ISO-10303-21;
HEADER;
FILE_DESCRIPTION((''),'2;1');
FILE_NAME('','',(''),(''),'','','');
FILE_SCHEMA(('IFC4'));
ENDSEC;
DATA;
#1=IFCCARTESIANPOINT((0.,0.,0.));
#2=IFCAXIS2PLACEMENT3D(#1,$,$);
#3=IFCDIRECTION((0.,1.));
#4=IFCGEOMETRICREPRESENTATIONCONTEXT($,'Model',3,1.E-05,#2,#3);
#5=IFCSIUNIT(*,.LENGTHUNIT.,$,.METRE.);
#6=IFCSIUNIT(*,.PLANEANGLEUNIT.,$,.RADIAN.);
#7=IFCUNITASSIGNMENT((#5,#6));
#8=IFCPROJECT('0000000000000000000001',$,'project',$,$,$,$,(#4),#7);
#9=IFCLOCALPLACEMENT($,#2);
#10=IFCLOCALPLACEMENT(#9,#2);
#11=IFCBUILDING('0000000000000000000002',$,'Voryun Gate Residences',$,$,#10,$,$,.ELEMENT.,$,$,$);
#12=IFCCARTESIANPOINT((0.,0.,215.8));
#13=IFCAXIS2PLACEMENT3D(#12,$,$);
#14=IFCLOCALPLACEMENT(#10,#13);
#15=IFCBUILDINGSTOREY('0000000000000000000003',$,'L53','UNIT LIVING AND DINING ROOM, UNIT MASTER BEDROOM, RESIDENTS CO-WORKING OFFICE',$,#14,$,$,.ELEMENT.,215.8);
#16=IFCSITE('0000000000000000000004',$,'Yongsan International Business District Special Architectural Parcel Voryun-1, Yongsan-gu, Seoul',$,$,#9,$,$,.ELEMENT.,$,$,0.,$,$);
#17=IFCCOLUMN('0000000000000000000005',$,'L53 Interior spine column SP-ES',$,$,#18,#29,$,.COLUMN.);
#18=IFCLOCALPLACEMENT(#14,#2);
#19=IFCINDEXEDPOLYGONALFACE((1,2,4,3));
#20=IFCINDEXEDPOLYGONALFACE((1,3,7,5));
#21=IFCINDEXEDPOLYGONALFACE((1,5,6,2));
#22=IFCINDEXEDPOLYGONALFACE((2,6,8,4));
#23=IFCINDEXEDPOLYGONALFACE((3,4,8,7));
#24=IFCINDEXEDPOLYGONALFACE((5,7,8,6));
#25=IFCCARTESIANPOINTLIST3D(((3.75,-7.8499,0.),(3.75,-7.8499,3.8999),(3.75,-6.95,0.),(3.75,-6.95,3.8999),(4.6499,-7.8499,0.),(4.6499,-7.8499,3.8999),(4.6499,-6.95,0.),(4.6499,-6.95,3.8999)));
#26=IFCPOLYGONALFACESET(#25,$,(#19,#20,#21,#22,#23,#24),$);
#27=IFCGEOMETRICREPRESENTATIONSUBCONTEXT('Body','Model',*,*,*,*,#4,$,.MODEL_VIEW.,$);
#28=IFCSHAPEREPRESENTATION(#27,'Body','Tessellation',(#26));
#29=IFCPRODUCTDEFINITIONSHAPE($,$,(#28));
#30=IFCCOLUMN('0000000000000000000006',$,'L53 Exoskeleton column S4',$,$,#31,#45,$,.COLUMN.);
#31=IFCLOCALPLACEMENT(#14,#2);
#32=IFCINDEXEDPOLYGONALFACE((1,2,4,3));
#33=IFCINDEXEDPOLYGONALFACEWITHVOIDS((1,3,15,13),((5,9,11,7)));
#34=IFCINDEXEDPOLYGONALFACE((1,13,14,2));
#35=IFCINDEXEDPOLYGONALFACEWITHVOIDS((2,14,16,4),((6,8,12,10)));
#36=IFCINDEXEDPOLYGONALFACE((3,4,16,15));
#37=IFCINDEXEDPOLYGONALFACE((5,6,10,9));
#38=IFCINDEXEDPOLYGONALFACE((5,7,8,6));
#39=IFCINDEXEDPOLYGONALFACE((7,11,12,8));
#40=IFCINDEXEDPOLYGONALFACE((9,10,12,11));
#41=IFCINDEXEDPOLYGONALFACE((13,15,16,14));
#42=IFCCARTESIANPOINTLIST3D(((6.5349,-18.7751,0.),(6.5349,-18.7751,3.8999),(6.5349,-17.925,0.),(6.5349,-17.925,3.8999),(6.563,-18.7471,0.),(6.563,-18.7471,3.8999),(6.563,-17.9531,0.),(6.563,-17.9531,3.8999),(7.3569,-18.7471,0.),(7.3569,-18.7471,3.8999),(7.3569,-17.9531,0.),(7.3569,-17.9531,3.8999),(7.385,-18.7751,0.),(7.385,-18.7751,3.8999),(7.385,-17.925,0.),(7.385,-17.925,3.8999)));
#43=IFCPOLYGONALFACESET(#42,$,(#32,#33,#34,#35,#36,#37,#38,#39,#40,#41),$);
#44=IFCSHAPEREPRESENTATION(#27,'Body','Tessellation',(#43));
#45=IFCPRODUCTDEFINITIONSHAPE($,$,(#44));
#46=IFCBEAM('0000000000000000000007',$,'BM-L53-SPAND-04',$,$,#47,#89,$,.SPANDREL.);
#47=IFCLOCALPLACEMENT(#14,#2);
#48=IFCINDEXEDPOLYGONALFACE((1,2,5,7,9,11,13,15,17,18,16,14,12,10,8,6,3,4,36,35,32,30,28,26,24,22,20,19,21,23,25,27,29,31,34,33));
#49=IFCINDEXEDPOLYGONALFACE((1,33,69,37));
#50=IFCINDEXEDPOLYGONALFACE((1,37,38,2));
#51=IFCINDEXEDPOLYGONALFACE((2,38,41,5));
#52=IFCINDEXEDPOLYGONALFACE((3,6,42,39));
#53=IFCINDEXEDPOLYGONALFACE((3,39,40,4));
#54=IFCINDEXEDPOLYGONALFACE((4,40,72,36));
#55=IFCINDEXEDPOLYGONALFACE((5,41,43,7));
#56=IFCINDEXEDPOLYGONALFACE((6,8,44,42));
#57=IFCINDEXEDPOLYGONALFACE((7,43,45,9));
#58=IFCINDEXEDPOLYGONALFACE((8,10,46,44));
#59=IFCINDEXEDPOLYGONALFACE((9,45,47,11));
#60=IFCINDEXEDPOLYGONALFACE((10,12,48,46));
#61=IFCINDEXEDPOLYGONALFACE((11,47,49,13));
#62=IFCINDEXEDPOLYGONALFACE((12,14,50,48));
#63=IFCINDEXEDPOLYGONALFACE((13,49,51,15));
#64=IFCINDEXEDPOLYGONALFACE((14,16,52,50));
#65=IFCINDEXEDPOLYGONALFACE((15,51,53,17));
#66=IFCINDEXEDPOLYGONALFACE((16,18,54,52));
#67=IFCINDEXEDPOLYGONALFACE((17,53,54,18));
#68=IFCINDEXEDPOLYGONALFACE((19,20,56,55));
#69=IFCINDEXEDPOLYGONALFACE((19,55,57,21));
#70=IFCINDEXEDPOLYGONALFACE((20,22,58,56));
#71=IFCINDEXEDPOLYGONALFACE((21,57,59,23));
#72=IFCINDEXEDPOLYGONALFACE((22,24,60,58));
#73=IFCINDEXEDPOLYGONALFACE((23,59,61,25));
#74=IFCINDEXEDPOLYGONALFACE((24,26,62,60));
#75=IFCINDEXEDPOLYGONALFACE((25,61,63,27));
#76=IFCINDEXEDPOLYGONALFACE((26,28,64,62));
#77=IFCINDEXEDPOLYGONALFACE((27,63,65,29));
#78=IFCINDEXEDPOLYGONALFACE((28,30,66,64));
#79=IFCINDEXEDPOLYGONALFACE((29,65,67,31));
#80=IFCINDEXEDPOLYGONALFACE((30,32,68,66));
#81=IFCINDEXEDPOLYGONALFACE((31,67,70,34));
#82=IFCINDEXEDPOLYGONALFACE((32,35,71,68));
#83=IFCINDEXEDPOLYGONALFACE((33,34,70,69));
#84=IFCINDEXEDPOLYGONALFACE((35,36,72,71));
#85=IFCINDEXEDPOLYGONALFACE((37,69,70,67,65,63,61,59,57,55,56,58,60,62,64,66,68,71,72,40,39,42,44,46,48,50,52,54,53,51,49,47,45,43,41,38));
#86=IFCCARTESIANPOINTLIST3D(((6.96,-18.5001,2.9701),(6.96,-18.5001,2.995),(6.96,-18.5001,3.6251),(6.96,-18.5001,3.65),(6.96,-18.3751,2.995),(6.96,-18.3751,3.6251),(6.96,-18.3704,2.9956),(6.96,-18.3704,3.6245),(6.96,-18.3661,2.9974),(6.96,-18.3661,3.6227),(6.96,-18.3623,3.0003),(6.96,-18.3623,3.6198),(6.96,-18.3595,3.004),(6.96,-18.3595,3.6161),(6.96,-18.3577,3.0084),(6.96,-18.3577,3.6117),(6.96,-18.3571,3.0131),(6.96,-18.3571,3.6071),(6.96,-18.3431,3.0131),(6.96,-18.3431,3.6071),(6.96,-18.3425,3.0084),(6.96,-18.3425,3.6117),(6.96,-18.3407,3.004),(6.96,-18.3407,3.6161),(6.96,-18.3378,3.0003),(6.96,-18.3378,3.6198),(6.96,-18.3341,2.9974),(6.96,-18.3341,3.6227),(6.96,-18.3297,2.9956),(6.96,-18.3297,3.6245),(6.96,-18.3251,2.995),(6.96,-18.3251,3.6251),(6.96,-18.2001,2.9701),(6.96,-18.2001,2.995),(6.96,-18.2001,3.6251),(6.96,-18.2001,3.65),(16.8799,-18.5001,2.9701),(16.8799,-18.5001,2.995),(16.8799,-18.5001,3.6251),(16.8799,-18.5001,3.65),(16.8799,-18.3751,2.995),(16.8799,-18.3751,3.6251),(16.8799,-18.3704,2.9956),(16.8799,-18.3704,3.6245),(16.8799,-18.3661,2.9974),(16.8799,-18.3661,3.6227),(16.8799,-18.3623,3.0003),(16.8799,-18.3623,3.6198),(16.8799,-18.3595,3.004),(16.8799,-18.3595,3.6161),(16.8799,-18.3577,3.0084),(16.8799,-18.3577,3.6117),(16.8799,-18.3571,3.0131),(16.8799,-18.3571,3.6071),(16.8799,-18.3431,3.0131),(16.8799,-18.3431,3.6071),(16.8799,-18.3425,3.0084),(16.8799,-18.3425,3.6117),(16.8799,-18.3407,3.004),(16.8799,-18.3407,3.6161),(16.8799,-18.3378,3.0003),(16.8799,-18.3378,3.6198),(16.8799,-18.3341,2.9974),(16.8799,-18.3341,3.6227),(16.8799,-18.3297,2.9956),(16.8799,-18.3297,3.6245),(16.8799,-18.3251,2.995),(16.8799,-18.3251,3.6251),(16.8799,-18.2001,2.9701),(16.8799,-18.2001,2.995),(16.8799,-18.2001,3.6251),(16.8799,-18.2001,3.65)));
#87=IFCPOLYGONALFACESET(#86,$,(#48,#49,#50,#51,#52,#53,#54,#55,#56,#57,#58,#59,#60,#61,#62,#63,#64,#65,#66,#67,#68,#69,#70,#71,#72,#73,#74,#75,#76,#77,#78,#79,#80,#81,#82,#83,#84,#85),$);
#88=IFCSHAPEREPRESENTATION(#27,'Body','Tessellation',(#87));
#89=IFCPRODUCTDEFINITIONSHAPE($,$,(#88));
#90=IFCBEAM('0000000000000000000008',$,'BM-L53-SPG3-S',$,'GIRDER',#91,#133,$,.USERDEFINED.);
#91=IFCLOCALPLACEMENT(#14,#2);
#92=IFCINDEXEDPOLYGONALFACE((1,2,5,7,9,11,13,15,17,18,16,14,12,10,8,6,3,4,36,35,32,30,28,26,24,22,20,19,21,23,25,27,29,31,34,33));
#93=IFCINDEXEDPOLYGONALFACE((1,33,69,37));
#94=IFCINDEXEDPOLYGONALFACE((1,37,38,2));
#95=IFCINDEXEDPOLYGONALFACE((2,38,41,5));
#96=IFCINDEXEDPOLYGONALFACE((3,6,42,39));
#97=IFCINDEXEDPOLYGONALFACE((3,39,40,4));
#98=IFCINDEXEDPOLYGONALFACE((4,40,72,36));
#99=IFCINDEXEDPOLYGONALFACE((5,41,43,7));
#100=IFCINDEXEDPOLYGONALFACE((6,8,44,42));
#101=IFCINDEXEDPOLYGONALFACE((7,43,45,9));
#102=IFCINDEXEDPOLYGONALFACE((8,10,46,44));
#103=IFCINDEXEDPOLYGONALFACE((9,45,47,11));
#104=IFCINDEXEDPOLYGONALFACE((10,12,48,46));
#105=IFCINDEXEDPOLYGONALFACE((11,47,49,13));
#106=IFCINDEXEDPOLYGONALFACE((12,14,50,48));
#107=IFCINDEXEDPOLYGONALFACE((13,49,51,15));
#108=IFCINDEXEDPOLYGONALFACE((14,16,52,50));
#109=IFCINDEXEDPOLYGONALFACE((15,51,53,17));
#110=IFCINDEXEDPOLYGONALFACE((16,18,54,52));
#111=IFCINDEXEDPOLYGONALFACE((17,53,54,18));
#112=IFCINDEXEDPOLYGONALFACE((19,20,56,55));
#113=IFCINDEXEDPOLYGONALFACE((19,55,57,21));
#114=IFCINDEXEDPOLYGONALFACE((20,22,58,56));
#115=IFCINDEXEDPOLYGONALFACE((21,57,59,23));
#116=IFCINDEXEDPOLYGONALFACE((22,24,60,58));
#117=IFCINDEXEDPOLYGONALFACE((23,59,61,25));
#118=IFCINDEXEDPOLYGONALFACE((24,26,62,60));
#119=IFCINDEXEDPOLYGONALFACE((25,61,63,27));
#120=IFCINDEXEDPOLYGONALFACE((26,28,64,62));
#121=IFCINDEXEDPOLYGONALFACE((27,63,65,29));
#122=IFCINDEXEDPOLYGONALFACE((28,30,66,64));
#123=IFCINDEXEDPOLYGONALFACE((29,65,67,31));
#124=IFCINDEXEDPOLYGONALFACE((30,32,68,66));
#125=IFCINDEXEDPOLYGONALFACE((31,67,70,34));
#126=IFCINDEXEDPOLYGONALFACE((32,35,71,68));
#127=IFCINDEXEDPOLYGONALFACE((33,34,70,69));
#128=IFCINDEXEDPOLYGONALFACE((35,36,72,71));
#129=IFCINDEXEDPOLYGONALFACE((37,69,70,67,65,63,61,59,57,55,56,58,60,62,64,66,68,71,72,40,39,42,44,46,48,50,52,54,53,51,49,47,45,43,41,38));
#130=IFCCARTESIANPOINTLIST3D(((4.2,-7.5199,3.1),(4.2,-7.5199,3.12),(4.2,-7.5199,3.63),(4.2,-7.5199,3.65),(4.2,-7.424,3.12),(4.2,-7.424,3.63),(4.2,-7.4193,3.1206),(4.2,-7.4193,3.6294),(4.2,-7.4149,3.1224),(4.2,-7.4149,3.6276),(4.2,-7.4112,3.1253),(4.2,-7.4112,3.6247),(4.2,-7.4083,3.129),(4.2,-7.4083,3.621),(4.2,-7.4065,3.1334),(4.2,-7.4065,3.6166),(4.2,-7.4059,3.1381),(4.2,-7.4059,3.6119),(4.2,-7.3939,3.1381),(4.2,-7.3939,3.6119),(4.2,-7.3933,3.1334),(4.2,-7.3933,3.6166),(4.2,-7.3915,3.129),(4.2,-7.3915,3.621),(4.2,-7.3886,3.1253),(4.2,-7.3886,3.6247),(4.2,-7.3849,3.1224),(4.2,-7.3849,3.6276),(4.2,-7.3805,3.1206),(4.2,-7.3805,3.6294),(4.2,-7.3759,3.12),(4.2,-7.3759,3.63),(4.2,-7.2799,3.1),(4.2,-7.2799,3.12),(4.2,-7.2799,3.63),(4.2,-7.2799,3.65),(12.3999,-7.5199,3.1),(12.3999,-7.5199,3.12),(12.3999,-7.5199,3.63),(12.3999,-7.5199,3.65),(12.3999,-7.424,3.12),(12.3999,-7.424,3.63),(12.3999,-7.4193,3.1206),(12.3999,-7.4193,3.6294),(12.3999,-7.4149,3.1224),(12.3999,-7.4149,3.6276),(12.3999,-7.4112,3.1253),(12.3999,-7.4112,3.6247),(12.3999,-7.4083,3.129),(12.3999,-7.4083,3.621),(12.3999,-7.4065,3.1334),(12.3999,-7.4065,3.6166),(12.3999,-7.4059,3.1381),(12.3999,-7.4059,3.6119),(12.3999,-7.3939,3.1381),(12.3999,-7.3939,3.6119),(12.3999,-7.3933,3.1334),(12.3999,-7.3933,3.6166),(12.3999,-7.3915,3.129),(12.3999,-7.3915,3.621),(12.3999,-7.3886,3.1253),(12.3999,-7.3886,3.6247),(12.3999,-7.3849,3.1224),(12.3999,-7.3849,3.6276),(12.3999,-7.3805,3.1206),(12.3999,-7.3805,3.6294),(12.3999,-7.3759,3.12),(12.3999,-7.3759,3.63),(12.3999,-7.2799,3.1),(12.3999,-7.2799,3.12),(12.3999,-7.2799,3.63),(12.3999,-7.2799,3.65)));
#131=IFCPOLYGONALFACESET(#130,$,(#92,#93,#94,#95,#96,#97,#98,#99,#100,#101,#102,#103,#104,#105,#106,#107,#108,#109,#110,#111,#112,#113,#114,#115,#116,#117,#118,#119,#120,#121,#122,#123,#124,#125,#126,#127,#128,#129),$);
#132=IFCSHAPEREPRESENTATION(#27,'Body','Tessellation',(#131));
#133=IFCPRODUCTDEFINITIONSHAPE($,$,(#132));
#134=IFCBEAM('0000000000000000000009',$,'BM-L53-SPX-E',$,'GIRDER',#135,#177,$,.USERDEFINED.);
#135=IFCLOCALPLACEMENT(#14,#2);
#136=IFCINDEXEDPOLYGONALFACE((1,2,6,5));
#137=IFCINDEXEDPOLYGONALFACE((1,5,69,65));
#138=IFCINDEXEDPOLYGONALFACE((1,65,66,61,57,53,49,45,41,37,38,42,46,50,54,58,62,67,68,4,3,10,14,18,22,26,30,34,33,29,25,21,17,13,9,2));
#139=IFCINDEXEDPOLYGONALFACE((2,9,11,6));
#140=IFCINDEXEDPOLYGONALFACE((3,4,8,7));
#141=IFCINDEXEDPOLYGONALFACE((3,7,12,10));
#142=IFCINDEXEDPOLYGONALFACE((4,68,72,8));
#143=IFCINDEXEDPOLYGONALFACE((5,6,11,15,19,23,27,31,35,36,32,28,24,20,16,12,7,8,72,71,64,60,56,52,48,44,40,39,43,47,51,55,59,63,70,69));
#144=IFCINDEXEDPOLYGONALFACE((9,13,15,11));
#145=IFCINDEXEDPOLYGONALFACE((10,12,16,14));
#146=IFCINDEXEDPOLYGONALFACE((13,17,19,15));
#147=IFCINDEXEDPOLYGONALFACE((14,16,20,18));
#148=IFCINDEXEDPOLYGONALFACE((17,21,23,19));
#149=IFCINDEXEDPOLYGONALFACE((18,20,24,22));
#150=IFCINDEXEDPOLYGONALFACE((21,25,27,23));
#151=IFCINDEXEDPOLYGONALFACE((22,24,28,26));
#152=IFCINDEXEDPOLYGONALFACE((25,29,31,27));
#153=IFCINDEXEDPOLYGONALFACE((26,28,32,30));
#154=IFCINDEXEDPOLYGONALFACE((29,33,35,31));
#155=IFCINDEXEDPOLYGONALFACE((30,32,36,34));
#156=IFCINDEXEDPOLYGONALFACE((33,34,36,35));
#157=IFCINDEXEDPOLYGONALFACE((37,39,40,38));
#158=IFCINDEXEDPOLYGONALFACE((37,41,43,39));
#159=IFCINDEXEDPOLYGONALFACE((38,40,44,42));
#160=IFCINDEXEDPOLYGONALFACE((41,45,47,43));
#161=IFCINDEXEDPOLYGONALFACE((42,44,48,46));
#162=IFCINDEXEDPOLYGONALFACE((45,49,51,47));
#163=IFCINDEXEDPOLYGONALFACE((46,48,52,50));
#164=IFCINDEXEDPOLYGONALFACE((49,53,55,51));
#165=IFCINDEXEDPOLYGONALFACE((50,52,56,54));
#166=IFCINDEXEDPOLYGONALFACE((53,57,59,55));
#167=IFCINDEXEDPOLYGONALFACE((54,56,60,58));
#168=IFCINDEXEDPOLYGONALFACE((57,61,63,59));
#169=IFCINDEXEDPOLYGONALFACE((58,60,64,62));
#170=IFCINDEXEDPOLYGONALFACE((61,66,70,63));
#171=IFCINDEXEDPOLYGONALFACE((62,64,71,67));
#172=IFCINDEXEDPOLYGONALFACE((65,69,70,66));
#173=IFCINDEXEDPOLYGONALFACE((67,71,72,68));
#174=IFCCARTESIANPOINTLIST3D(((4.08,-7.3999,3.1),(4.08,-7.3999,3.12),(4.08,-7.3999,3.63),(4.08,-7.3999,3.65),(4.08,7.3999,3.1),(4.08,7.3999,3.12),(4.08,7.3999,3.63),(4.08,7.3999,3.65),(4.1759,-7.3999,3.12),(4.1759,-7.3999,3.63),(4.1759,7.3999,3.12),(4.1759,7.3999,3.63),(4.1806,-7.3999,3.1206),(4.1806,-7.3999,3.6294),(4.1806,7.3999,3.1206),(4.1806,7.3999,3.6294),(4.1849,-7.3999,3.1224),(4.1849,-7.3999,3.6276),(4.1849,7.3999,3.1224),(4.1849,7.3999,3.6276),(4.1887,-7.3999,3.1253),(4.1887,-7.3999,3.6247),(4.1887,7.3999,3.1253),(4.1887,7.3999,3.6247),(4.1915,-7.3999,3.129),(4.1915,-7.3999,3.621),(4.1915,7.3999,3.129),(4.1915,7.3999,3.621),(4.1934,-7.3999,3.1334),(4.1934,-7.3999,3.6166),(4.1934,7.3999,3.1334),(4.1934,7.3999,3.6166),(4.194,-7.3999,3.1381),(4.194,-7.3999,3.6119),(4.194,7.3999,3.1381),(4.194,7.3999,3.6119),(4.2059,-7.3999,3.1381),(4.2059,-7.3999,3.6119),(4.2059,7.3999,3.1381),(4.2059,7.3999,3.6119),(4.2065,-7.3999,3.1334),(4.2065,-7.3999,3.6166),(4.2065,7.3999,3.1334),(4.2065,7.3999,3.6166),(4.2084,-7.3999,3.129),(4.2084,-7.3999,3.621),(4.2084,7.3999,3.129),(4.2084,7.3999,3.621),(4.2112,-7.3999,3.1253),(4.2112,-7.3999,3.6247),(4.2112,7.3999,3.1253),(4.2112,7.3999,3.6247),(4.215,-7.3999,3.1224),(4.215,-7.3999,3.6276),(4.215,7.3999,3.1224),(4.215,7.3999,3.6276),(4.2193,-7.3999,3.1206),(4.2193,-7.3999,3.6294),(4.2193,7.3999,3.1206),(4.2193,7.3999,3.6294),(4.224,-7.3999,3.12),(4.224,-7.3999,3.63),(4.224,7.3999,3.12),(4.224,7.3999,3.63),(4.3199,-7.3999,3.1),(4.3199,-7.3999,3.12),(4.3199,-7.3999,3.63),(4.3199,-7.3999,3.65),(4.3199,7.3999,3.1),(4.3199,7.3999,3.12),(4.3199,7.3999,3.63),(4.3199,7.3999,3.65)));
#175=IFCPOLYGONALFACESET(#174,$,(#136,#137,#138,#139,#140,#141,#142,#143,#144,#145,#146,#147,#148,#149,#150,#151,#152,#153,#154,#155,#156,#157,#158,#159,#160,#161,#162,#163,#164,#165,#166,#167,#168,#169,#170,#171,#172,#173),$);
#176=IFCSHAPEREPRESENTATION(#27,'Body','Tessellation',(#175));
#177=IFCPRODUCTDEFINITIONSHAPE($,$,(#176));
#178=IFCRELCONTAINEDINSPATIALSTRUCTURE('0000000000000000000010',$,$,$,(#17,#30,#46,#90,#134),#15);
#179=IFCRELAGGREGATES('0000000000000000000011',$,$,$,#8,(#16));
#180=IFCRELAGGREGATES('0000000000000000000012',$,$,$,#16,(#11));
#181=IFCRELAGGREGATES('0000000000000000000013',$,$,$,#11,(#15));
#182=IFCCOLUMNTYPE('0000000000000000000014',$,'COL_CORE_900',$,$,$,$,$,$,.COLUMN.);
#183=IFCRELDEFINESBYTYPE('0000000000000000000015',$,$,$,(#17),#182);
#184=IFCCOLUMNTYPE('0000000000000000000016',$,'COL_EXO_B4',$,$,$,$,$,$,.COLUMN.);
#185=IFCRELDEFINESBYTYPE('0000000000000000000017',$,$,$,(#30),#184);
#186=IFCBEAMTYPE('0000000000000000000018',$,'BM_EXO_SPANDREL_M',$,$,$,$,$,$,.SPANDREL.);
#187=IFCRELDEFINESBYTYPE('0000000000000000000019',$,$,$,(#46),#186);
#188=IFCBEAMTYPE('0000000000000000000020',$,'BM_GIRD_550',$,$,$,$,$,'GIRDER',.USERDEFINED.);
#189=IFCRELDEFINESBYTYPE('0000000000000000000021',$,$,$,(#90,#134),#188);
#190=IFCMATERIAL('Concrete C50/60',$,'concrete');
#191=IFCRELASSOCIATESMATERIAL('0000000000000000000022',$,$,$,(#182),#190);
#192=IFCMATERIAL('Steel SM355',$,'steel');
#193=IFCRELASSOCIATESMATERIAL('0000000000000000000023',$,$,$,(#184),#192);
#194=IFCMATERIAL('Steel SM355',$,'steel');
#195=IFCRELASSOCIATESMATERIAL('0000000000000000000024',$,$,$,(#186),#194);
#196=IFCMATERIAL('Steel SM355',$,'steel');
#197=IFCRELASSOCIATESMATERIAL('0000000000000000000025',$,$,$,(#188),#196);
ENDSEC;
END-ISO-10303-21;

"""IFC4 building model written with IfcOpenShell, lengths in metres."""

from ifc_helpers import new_model, si_unit, direction, frame, origin, origin_2d, place, context, subcontext, project, spatial, rectangle, hollow_rectangle, i_section, extrude, material, material_profile, profile_set, type_object, element, save


model = new_model("IFC4")

# Units and contexts
model_context = context("Model", 3, precision=1e-05, world=origin(), true_north=direction((0.0, 1.0)))
body_context = subcontext(model_context, "Body", "Model", "MODEL_VIEW")
ifc_project = project(units=[si_unit("LENGTHUNIT", "METRE"), si_unit("PLANEANGLEUNIT", "RADIAN")], contexts=[model_context])

# Site, building, storey
site_placement = place(None, origin())
site = spatial("IfcSite", under=ifc_project, at=site_placement, Name="Yongsan International Business District Special Architectural Parcel Voryun-1, Yongsan-gu, Seoul", CompositionType="ELEMENT", RefElevation=0.0)
building_placement = place(site_placement, origin())
building = spatial("IfcBuilding", under=site, at=building_placement, Name="Voryun Gate Residences", CompositionType="ELEMENT")
storey_placement = place(building_placement, frame((0.0, 0.0, 215.8)))
storey = spatial("IfcBuildingStorey", under=building, at=storey_placement, Name="L53", Description="UNIT LIVING AND DINING ROOM, UNIT MASTER BEDROOM, RESIDENTS CO-WORKING OFFICE", CompositionType="ELEMENT", Elevation=215.8)

# Columns
ifc_material_1 = material(Name="Concrete C50/60", Category="concrete")
ifc_material_profile_1 = material_profile(ifc_material_1, rectangle(XDim=0.8999, YDim=0.8999, at=origin_2d()), Name="RC-900x900")
ifc_profile_set_1 = profile_set([ifc_material_profile_1], Name="Concrete C50/60")
column_type_1 = type_object("IfcColumnType", Name="COL_CORE_900", PredefinedType="COLUMN", material=ifc_profile_set_1)
column_1_placement = place(storey_placement, frame((4.2, -7.3999, 0.0), z_axis=(0.0, 0.0, 1.0), x_axis=(1.0, 0.0, 0.0)))
element("IfcColumn", 1, at=column_1_placement, inside=storey, type_object=column_type_1, Name="L53 Interior spine column SP-ES", PredefinedType="COLUMN", context=body_context, shape_type="SweptSolid", body=[
    extrude(rectangle(XDim=0.8999, YDim=0.8999, at=origin_2d()), origin(), (0.0, 0.0, 1.0), 3.8999),
])
ifc_material_2 = material(Name="Steel SM355", Category="steel")
ifc_material_profile_2 = material_profile(ifc_material_2, hollow_rectangle(XDim=0.8501, YDim=0.8501, WallThickness=0.0281, at=origin_2d()), Name="BOX-850x850x28")
ifc_profile_set_2 = profile_set([ifc_material_profile_2], Name="Steel SM355")
column_type_2 = type_object("IfcColumnType", Name="COL_EXO_B4", PredefinedType="COLUMN", material=ifc_profile_set_2)
column_2_placement = place(storey_placement, frame((6.96, -18.3501, 0.0), z_axis=(0.0, 0.0, 1.0), x_axis=(1.0, 0.0, 0.0)))
element("IfcColumn", 2, at=column_2_placement, inside=storey, type_object=column_type_2, Name="L53 Exoskeleton column S4", PredefinedType="COLUMN", context=body_context, shape_type="SweptSolid", body=[
    extrude(hollow_rectangle(XDim=0.8501, YDim=0.8501, WallThickness=0.0281, at=origin_2d()), origin(), (0.0, 0.0, 1.0), 3.8999),
])

# Beams
ifc_material_3 = material(Name="Steel SM355", Category="steel")
ifc_material_profile_3 = material_profile(ifc_material_3, i_section(OverallWidth=0.3, OverallDepth=0.6799, WebThickness=0.0139, FlangeThickness=0.0249, FilletRadius=0.0181, at=origin_2d()), Name="H-680x300x14x25")
ifc_profile_set_3 = profile_set([ifc_material_profile_3], Name="Steel SM355")
beam_type_1 = type_object("IfcBeamType", Name="BM_EXO_SPANDREL_M", PredefinedType="SPANDREL", material=ifc_profile_set_3)
beam_1_placement = place(storey_placement, frame((6.96, -18.3501, 3.3101), z_axis=(1.0, 0.0, 0.0), x_axis=(0.0, 1.0, 0.0)))
element("IfcBeam", 3, at=beam_1_placement, inside=storey, type_object=beam_type_1, Name="BM-L53-SPAND-04", PredefinedType="SPANDREL", context=body_context, shape_type="SweptSolid", body=[
    extrude(i_section(OverallWidth=0.3, OverallDepth=0.6799, WebThickness=0.0139, FlangeThickness=0.0249, FilletRadius=0.0181, at=origin_2d()), origin(), (0.0, 0.0, 1.0), 9.9199),
])
ifc_material_4 = material(Name="Steel SM355", Category="steel")
ifc_material_profile_4 = material_profile(ifc_material_4, i_section(OverallWidth=0.24, OverallDepth=0.55, WebThickness=0.012, FlangeThickness=0.02, FilletRadius=0.0181, at=origin_2d()), Name="H-550x240x12x20")
ifc_profile_set_4 = profile_set([ifc_material_profile_4], Name="Steel SM355")
beam_type_2 = type_object("IfcBeamType", Name="BM_GIRD_550", ElementType="GIRDER", PredefinedType="USERDEFINED", material=ifc_profile_set_4)
beam_2_placement = place(storey_placement, frame((4.2, -7.3999, 3.375), z_axis=(1.0, 0.0, 0.0), x_axis=(0.0, 1.0, 0.0)))
element("IfcBeam", 4, at=beam_2_placement, inside=storey, type_object=beam_type_2, Name="BM-L53-SPG3-S", ObjectType="GIRDER", PredefinedType="USERDEFINED", context=body_context, shape_type="SweptSolid", body=[
    extrude(i_section(OverallWidth=0.24, OverallDepth=0.55, WebThickness=0.012, FlangeThickness=0.02, FilletRadius=0.0181, at=origin_2d()), origin(), (0.0, 0.0, 1.0), 8.2),
])
beam_3_placement = place(storey_placement, frame((4.2, -7.3999, 3.375), z_axis=(0.0, 1.0, 0.0), x_axis=(-1.0, 0.0, 0.0)))
element("IfcBeam", 5, at=beam_3_placement, inside=storey, type_object=beam_type_2, Name="BM-L53-SPX-E", ObjectType="GIRDER", PredefinedType="USERDEFINED", context=body_context, shape_type="SweptSolid", body=[
    extrude(i_section(OverallWidth=0.24, OverallDepth=0.55, WebThickness=0.012, FlangeThickness=0.02, FilletRadius=0.0181, at=origin_2d()), origin(), (0.0, 0.0, 1.0), 14.7998),
])

save(model, "model.ifc")
